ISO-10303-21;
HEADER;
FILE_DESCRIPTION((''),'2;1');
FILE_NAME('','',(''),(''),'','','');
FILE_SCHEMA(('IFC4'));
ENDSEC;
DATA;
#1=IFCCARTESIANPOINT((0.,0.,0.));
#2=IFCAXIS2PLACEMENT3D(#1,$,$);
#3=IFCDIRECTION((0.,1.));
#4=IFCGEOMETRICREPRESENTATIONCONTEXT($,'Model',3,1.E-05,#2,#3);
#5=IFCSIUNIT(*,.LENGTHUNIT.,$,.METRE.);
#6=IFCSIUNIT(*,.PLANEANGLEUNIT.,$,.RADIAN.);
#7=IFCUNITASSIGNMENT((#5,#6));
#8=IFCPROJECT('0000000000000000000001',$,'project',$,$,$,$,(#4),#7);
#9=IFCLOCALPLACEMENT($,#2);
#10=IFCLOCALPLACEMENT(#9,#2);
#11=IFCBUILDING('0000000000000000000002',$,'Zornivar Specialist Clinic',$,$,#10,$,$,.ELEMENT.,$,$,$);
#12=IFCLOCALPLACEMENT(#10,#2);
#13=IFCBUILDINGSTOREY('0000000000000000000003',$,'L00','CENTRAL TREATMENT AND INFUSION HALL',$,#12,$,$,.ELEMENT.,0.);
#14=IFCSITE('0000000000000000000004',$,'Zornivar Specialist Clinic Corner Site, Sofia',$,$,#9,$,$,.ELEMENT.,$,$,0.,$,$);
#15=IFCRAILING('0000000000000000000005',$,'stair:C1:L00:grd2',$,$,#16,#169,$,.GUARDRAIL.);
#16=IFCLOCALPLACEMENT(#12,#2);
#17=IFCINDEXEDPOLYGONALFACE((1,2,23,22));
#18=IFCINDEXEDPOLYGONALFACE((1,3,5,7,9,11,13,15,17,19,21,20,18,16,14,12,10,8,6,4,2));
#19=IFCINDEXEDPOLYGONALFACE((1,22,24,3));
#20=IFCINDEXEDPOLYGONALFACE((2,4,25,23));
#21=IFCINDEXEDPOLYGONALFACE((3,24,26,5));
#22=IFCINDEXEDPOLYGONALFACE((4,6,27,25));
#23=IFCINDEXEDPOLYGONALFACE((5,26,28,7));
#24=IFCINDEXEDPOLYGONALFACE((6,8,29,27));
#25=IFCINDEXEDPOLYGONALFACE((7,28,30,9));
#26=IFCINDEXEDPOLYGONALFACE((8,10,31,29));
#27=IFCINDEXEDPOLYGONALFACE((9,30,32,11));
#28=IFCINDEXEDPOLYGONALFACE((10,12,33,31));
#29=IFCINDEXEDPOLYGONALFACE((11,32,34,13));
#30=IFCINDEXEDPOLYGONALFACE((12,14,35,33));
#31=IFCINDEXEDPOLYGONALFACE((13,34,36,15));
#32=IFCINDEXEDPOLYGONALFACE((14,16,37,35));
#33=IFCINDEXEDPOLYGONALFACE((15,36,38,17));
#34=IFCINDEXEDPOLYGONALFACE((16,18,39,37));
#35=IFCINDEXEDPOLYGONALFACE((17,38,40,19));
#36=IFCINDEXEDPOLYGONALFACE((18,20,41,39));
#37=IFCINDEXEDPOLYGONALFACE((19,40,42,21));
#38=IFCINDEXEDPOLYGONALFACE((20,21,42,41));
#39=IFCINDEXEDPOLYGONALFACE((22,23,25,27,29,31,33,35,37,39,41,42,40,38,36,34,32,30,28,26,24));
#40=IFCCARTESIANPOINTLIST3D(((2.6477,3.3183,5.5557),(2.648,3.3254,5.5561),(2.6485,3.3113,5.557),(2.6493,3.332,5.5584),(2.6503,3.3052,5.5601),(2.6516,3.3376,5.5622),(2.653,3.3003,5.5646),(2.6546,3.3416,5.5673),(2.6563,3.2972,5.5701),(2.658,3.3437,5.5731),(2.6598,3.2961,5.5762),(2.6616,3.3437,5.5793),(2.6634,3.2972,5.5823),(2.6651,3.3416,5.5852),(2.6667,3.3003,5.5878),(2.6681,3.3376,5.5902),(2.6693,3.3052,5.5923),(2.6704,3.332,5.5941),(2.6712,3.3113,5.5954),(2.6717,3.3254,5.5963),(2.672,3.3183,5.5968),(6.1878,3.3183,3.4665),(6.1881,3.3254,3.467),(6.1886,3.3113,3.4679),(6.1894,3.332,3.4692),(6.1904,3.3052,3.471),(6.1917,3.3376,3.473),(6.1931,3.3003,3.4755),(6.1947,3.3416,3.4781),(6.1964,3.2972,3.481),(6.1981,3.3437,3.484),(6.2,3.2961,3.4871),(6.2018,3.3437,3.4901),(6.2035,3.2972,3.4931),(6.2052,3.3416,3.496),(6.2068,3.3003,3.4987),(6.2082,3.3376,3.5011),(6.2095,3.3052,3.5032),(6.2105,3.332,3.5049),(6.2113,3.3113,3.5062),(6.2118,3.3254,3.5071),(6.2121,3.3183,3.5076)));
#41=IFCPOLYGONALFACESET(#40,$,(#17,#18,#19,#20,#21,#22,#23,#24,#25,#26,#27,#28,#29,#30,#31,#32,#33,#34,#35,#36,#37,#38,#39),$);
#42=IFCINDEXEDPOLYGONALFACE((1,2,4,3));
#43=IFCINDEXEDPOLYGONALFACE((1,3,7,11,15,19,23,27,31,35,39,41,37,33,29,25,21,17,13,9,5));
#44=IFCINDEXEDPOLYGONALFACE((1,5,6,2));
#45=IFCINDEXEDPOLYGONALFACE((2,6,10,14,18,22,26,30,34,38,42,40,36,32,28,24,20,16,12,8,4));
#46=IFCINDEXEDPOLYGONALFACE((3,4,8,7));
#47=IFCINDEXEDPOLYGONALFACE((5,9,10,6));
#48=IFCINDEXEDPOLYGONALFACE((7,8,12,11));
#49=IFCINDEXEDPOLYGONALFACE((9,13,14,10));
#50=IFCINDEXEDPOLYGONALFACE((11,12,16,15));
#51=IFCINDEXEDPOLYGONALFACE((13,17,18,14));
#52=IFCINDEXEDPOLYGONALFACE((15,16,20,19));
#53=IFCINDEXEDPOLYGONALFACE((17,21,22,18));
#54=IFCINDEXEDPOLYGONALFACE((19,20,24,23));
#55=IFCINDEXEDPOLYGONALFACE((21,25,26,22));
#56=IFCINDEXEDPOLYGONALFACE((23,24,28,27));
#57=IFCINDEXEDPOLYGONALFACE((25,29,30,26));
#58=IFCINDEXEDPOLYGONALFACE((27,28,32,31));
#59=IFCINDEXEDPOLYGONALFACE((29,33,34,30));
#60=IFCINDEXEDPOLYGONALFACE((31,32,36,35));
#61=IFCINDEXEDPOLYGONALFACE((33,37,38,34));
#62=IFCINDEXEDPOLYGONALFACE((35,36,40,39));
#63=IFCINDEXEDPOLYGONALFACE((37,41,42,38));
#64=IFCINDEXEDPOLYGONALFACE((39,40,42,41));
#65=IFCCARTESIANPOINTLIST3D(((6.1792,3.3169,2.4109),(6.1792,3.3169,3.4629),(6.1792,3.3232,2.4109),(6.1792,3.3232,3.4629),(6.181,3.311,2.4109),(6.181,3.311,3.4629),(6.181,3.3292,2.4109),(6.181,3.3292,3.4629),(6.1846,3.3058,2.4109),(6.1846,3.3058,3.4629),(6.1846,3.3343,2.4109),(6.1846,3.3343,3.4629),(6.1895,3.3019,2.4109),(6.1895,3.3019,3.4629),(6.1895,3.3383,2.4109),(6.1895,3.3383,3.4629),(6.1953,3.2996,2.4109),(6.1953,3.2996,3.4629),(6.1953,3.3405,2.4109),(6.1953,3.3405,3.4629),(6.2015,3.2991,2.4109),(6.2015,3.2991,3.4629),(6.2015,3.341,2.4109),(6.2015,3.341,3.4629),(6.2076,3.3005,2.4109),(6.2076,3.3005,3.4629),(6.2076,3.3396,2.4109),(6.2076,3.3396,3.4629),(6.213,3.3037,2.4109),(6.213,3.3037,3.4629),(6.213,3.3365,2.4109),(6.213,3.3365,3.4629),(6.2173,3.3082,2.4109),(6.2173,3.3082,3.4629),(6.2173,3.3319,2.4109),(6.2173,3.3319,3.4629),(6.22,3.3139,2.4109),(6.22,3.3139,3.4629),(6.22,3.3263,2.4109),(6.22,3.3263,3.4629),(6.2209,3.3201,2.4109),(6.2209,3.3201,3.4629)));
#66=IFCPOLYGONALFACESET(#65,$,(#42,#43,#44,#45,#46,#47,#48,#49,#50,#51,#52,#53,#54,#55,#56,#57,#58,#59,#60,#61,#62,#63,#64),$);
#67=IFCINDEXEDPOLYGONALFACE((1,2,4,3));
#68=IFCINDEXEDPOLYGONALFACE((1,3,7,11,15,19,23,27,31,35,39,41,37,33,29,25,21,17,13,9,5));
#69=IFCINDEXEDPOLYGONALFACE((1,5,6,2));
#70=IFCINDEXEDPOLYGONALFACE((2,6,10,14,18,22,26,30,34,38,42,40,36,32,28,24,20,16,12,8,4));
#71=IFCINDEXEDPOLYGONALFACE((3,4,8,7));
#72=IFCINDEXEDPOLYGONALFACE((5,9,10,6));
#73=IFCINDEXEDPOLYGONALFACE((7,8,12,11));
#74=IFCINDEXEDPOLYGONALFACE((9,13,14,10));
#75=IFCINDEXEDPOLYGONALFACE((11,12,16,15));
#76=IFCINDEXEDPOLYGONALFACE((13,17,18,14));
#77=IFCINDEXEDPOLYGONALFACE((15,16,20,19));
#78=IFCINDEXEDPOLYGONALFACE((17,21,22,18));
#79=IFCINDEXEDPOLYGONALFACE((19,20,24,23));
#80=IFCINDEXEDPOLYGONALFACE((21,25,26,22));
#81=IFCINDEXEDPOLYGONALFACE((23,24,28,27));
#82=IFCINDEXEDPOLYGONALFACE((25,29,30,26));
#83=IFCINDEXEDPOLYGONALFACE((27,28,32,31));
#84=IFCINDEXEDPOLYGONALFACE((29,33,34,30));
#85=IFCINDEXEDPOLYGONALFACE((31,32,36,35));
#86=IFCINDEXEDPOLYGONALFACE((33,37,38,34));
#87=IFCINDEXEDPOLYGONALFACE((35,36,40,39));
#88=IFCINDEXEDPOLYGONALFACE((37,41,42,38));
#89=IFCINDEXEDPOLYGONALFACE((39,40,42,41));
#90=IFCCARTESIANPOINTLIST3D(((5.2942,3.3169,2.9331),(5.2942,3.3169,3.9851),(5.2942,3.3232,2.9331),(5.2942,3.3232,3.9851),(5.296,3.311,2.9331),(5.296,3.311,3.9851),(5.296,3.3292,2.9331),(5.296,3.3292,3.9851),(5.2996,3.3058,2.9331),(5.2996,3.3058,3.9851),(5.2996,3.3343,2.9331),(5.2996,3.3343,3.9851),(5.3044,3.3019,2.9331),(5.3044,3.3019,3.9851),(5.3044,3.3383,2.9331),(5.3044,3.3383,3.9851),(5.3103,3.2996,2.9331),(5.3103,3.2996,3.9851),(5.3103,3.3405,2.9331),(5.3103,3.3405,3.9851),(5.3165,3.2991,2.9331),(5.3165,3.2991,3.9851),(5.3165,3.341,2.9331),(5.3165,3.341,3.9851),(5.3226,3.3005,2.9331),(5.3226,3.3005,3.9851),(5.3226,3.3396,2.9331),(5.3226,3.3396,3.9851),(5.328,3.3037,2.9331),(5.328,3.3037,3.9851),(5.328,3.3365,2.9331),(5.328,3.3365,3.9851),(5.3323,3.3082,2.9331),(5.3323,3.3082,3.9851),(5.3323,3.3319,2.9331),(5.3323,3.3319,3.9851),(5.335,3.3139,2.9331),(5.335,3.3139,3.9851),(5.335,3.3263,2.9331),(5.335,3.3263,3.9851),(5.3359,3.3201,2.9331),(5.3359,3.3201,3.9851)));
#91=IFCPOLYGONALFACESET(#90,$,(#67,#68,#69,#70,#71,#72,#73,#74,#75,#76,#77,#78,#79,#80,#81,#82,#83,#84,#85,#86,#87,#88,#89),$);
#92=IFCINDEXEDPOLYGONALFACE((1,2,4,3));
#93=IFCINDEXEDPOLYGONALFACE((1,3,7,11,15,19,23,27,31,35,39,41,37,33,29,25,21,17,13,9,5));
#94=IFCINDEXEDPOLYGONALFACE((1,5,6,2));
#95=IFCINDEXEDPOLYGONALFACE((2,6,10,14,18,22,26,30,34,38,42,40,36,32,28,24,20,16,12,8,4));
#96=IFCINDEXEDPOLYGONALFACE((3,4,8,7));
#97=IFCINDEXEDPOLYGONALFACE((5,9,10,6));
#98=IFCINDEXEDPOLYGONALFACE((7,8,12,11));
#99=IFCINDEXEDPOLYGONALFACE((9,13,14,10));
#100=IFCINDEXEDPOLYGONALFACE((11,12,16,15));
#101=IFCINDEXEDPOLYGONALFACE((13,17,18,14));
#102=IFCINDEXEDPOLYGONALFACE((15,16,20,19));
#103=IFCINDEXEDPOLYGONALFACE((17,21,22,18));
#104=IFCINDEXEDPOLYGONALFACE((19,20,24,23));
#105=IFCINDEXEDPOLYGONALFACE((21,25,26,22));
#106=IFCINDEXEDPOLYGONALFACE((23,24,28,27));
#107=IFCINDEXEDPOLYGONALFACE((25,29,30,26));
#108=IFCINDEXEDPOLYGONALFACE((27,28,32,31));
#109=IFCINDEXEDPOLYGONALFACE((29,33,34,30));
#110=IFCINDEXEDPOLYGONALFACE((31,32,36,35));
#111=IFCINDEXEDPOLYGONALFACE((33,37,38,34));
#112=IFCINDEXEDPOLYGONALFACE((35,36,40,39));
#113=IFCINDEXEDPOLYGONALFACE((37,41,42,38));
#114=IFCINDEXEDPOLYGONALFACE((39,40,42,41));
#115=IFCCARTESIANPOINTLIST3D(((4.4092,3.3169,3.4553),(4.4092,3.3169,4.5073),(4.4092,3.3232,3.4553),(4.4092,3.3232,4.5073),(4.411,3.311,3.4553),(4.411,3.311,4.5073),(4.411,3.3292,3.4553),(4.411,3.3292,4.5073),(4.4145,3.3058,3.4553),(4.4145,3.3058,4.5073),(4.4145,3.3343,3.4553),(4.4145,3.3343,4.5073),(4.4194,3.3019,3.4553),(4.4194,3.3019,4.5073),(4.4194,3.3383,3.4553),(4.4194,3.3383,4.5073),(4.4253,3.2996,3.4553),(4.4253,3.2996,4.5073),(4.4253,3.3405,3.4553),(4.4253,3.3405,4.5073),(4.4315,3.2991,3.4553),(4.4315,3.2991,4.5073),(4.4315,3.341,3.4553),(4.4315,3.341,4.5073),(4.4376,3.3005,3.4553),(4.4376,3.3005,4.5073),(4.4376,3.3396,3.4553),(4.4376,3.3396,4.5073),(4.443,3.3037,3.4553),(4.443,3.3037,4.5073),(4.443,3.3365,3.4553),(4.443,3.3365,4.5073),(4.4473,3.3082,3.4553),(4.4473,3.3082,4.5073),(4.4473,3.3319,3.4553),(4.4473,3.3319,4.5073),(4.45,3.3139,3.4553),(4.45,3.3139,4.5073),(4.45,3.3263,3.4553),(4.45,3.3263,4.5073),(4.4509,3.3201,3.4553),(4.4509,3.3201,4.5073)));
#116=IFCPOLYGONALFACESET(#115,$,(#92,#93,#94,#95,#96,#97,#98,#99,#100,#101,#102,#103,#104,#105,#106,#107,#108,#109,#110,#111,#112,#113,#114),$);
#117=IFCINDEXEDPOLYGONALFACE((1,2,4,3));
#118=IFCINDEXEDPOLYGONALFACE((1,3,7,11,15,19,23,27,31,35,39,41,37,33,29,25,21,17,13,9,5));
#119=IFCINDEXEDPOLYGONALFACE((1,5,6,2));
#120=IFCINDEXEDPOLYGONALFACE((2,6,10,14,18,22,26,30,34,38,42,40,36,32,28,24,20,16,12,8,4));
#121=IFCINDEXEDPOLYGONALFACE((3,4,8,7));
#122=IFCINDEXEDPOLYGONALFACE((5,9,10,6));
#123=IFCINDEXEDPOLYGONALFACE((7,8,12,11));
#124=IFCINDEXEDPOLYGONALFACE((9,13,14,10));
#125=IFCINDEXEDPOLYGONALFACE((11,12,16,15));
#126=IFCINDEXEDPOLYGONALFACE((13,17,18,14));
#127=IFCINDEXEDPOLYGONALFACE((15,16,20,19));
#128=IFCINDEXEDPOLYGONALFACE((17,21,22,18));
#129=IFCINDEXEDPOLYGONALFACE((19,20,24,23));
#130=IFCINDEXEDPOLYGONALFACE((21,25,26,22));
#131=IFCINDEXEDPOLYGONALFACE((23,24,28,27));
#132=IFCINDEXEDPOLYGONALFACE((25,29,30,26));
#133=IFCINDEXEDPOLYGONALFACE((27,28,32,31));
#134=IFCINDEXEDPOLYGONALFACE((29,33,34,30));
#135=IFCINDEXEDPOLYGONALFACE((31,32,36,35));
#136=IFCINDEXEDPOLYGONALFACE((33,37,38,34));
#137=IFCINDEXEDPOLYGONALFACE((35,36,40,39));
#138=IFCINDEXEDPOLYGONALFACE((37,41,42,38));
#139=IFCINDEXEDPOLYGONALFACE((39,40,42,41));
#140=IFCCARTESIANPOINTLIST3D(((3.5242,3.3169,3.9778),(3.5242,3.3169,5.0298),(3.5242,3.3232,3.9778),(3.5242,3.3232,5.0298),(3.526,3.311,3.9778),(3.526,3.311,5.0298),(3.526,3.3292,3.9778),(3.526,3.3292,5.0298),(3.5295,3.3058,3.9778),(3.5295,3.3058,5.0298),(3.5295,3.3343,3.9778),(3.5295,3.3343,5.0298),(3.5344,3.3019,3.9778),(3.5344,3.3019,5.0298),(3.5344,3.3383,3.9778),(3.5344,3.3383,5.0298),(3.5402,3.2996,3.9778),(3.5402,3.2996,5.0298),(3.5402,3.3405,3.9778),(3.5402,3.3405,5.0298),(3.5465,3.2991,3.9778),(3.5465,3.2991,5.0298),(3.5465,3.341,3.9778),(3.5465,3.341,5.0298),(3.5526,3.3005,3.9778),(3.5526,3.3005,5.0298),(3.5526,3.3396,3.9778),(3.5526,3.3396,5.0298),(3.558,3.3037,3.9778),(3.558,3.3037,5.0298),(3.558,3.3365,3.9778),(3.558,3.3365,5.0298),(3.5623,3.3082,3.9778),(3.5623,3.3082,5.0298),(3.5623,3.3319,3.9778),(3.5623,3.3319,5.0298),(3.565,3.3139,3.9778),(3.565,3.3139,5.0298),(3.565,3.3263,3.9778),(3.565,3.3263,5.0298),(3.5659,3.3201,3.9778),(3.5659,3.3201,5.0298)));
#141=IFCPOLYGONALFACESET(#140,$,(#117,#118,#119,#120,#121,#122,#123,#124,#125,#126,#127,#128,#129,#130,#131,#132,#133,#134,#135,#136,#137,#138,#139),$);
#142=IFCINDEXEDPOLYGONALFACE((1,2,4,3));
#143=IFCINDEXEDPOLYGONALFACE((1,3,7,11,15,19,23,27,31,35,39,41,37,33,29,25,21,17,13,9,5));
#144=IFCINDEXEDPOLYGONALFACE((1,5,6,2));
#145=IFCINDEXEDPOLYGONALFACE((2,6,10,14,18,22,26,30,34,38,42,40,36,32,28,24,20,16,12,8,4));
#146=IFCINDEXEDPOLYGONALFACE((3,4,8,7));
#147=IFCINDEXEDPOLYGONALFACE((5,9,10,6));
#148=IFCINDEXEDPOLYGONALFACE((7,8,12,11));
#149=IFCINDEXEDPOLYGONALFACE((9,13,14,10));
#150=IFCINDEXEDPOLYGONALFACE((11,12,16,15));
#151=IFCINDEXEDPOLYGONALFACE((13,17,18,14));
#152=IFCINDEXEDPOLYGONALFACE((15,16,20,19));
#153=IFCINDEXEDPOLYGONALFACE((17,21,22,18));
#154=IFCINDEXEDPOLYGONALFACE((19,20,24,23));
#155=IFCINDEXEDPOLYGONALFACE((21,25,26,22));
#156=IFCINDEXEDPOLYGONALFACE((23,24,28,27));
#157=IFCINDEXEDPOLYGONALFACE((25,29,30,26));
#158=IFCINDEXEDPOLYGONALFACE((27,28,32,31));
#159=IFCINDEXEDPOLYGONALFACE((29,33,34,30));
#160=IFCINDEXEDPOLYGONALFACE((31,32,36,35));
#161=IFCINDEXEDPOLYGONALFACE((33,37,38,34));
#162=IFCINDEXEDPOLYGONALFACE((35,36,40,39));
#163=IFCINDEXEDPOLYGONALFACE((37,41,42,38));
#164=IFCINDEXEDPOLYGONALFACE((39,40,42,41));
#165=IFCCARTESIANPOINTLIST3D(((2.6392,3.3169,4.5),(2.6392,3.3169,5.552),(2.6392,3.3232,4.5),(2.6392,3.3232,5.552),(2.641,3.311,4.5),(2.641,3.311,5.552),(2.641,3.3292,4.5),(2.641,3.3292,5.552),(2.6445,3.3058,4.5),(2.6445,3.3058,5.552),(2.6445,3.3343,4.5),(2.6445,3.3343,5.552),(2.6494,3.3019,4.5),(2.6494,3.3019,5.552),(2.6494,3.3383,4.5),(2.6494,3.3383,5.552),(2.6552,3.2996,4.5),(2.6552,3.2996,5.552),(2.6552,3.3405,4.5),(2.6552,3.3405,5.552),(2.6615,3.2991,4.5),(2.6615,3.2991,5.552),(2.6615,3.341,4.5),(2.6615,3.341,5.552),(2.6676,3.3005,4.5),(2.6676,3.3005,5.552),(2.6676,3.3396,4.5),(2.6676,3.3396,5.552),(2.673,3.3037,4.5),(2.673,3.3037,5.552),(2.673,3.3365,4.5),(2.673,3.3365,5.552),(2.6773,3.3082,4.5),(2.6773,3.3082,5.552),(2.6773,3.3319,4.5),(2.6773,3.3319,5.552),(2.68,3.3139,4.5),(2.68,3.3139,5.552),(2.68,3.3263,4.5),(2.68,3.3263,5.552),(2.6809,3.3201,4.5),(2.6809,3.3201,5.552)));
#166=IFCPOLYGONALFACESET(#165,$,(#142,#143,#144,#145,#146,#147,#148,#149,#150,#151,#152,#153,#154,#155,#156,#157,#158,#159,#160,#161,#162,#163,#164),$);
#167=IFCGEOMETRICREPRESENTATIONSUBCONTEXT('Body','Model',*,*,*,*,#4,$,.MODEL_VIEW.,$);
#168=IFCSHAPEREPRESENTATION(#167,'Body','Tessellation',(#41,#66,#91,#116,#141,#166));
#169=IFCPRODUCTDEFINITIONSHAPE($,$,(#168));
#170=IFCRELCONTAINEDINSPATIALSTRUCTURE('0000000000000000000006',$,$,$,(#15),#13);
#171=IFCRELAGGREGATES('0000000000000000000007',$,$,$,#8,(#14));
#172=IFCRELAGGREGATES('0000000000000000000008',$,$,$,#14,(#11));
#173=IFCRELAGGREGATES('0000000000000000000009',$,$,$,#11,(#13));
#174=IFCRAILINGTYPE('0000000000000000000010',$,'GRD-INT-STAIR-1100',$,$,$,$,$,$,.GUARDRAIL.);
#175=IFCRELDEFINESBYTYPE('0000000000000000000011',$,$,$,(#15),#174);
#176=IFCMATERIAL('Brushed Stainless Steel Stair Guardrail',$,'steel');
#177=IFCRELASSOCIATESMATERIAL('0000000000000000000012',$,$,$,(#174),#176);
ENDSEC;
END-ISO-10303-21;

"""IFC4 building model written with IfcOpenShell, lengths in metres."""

from ifc_helpers import new_model, si_unit, direction, frame, origin, origin_2d, place, context, subcontext, project, spatial, circle, extrude, material, type_object, element, save


model = new_model("IFC4")

# Units and contexts
model_context = context("Model", 3, precision=1e-05, world=origin(), true_north=direction((0.0, 1.0)))
body_context = subcontext(model_context, "Body", "Model", "MODEL_VIEW")
ifc_project = project(units=[si_unit("LENGTHUNIT", "METRE"), si_unit("PLANEANGLEUNIT", "RADIAN")], contexts=[model_context])

# Site, building, storey
site_placement = place(None, origin())
site = spatial("IfcSite", under=ifc_project, at=site_placement, Name="Zornivar Specialist Clinic Corner Site, Sofia", CompositionType="ELEMENT", RefElevation=0.0)
building_placement = place(site_placement, origin())
building = spatial("IfcBuilding", under=site, at=building_placement, Name="Zornivar Specialist Clinic", CompositionType="ELEMENT")
storey_placement = place(building_placement, origin())
storey = spatial("IfcBuildingStorey", under=building, at=storey_placement, Name="L00", Description="CENTRAL TREATMENT AND INFUSION HALL", CompositionType="ELEMENT", Elevation=0.0)

# Railing
ifc_material_1 = material(Name="Brushed Stainless Steel Stair Guardrail", Category="steel")
railing_type_1 = type_object("IfcRailingType", Name="GRD-INT-STAIR-1100", PredefinedType="GUARDRAIL", material=ifc_material_1)
railing_1_placement = place(storey_placement, frame((6.2, 3.3201, 2.4109)))
element("IfcRailing", 1, at=railing_1_placement, inside=storey, type_object=railing_type_1, Name="stair:C1:L00:grd2", PredefinedType="GUARDRAIL", context=body_context, shape_type="SweptSolid", body=[
    extrude(circle(Radius=0.0239, at=origin_2d()), frame((0.0, 0.0, 1.0762), z_axis=(-0.861217, 0.0, 0.508237), x_axis=(0.0, -1.0, 0.0)), (0.0, 0.0, 1.0), 4.1106),
    extrude(circle(Radius=0.021, at=origin_2d()), origin(), (0.0, 0.0, 1.0), 1.052),
    extrude(circle(Radius=0.021, at=origin_2d()), frame((-0.885, 0.0, 0.5222)), (0.0, 0.0, 1.0), 1.052),
    extrude(circle(Radius=0.021, at=origin_2d()), frame((-1.77, 0.0, 1.0444)), (0.0, 0.0, 1.0), 1.052),
    extrude(circle(Radius=0.021, at=origin_2d()), frame((-2.655, 0.0, 1.5669)), (0.0, 0.0, 1.0), 1.052),
    extrude(circle(Radius=0.021, at=origin_2d()), frame((-3.54, 0.0, 2.0891)), (0.0, 0.0, 1.0), 1.052),
])

save(model, "model.ifc")
